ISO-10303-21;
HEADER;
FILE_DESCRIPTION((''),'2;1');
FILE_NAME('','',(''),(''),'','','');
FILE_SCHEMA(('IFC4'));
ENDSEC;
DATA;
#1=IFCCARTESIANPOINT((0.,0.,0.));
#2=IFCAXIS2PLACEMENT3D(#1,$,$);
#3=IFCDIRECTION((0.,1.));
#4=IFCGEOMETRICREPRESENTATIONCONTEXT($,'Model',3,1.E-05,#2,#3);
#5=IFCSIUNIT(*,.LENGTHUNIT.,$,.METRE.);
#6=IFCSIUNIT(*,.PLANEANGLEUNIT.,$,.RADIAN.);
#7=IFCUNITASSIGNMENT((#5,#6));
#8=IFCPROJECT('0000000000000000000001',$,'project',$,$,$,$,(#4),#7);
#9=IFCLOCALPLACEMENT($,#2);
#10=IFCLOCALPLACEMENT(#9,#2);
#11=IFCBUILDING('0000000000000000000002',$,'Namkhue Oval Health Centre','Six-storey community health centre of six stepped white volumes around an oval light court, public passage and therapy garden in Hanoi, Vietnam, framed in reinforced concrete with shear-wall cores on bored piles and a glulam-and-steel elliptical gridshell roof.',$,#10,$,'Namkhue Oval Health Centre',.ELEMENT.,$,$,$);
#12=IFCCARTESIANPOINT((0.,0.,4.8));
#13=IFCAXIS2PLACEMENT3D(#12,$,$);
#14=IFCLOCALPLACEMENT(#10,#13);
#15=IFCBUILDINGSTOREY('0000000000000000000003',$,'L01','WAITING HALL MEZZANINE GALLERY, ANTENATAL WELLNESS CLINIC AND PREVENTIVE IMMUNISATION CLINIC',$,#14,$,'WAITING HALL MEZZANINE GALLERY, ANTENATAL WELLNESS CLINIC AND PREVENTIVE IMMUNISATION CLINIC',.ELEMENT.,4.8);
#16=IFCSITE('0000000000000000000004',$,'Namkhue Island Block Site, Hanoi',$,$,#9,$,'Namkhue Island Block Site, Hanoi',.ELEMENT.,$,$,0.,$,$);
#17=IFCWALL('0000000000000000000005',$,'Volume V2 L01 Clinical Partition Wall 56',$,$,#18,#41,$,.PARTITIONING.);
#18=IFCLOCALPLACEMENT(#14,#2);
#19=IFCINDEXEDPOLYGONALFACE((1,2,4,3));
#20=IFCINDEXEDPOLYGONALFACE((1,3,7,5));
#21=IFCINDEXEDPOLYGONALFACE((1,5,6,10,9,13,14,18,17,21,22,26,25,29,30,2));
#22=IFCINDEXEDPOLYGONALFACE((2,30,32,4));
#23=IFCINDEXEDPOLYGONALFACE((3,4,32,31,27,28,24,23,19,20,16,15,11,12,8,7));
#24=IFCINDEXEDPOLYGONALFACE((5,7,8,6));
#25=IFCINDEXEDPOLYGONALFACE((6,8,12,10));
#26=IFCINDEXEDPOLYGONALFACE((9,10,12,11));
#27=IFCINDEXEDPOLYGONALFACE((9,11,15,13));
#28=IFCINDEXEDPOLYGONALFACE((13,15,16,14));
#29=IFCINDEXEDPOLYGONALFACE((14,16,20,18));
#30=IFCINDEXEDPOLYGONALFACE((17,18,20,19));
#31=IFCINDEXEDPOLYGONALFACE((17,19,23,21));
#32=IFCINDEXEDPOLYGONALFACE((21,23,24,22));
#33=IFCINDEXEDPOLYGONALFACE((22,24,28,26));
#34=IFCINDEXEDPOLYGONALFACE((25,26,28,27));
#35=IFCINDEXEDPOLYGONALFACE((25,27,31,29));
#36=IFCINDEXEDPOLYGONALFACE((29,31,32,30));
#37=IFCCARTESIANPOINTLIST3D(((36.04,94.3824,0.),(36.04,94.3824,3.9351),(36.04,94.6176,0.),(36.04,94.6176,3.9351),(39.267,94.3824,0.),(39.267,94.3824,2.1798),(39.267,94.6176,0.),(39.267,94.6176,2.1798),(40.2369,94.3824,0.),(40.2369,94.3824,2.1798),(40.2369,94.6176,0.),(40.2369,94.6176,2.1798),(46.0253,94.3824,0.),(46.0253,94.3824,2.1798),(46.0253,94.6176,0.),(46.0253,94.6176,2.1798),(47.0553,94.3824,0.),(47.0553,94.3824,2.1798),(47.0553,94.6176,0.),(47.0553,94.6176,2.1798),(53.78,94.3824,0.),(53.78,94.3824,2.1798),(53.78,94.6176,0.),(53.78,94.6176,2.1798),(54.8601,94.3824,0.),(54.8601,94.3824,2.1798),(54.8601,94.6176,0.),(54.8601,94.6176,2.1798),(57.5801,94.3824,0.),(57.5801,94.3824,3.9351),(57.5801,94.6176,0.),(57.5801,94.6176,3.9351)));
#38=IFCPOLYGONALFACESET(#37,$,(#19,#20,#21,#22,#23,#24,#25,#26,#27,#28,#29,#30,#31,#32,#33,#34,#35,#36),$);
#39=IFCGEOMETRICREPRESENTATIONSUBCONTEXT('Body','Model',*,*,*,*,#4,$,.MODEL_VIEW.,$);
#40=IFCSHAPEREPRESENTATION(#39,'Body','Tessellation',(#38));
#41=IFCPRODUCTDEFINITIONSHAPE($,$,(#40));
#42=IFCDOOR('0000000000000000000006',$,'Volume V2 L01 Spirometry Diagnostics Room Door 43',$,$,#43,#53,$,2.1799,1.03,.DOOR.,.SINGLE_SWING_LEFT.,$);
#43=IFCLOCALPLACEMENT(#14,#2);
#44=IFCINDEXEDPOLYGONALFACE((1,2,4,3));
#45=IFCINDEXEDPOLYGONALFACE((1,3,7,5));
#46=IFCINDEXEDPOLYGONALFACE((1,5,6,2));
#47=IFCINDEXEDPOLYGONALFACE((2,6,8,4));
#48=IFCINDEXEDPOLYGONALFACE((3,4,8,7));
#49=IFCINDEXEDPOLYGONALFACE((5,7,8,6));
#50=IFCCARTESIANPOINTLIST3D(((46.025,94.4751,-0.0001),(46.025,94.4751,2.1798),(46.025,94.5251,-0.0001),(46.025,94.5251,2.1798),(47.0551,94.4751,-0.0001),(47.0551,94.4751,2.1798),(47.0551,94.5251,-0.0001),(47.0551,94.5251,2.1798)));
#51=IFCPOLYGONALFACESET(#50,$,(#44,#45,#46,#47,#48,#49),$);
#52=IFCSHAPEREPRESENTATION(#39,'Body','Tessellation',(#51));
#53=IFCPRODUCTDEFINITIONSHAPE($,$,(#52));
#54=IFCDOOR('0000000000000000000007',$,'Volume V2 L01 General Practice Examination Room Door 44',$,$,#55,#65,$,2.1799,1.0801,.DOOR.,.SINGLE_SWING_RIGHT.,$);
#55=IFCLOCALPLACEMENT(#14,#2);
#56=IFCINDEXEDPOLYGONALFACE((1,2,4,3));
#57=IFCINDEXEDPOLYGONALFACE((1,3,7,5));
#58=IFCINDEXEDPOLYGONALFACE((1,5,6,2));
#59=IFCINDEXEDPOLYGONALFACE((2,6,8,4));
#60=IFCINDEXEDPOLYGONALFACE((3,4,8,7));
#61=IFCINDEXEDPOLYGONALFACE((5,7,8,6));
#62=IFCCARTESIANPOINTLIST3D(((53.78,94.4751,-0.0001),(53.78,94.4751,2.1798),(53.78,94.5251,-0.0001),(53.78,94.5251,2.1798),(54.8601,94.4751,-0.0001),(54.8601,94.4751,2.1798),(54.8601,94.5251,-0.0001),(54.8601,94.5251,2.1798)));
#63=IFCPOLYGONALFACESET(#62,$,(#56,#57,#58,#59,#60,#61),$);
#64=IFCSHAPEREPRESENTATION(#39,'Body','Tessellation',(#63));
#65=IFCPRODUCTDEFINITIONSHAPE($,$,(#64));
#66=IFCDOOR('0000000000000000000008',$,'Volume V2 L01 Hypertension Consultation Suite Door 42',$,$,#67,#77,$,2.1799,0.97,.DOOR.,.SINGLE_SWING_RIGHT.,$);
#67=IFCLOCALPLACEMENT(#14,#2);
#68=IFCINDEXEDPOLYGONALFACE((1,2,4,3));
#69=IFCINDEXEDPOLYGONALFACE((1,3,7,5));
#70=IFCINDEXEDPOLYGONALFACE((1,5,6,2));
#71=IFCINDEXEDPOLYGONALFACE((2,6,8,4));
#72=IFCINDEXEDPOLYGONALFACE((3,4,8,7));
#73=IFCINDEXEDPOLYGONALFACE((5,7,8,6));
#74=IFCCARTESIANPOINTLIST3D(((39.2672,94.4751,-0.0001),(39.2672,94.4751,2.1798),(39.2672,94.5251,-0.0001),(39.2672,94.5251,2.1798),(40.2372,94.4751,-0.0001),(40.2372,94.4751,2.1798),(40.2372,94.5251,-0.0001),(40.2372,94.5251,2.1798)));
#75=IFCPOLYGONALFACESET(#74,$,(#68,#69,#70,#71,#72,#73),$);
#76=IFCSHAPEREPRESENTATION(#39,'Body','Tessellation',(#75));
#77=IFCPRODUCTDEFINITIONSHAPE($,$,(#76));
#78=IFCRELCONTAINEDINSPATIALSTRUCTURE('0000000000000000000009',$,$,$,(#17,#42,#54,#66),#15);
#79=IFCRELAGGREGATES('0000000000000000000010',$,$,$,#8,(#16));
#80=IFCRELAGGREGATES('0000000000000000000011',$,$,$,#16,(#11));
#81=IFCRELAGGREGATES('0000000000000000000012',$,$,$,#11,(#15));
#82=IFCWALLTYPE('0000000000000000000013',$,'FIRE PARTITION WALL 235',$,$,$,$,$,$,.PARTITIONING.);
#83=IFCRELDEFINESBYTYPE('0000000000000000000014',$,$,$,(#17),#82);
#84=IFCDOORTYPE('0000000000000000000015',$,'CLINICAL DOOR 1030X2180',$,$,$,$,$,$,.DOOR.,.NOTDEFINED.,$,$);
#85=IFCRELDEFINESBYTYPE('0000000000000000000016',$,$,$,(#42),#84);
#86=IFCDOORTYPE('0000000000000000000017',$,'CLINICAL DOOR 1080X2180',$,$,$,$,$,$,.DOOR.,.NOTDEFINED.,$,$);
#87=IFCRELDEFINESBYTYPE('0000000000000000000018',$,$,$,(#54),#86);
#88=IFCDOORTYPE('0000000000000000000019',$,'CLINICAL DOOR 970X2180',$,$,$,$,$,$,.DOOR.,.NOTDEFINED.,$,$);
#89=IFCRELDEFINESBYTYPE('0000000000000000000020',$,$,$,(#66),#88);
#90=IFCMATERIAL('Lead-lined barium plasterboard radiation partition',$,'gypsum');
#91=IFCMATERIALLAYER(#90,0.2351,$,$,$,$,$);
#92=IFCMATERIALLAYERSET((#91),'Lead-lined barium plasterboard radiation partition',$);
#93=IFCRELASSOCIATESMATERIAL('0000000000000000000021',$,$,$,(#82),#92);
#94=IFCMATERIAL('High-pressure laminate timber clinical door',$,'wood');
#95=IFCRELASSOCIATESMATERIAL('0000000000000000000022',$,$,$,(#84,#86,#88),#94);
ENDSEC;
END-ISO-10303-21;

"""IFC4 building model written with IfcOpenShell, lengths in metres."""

from ifc_helpers import new_model, si_unit, direction, frame, frame_2d, origin, place, context, subcontext, project, spatial, rectangle, extrude, material, layer, layer_set, type_object, element, fill, save


model = new_model("IFC4")

# Units and contexts
model_context = context("Model", 3, precision=1e-05, world=origin(), true_north=direction((0.0, 1.0)))
body_context = subcontext(model_context, "Body", "Model", "MODEL_VIEW")
ifc_project = project(units=[si_unit("LENGTHUNIT", "METRE"), si_unit("PLANEANGLEUNIT", "RADIAN")], contexts=[model_context])

# Site, building, storey
site_placement = place(None, origin())
site = spatial("IfcSite", under=ifc_project, at=site_placement, Name="Namkhue Island Block Site, Hanoi", LongName="Namkhue Island Block Site, Hanoi", CompositionType="ELEMENT", RefElevation=0.0)
building_placement = place(site_placement, origin())
building = spatial("IfcBuilding", under=site, at=building_placement, Name="Namkhue Oval Health Centre", Description="Six-storey community health centre of six stepped white volumes around an oval light court, public passage and therapy garden in Hanoi, Vietnam, framed in reinforced concrete with shear-wall cores on bored piles and a glulam-and-steel elliptical gridshell roof.", LongName="Namkhue Oval Health Centre", CompositionType="ELEMENT")
storey_placement = place(building_placement, frame((0.0, 0.0, 4.8)))
storey = spatial("IfcBuildingStorey", under=building, at=storey_placement, Name="L01", Description="WAITING HALL MEZZANINE GALLERY, ANTENATAL WELLNESS CLINIC AND PREVENTIVE IMMUNISATION CLINIC", LongName="WAITING HALL MEZZANINE GALLERY, ANTENATAL WELLNESS CLINIC AND PREVENTIVE IMMUNISATION CLINIC", CompositionType="ELEMENT", Elevation=4.8)

# Wall, openings, doors
ifc_material_1 = material(Name="Lead-lined barium plasterboard radiation partition", Category="gypsum")
ifc_layer_1 = layer(ifc_material_1, 0.2351)
ifc_layer_set_1 = layer_set([ifc_layer_1], Name="Lead-lined barium plasterboard radiation partition")
wall_type = type_object("IfcWallType", Name="FIRE PARTITION WALL 235", PredefinedType="PARTITIONING", material=ifc_layer_set_1)
wall_placement = place(storey_placement, frame((36.04, 94.5, 0.0), z_axis=(0.0, 0.0, 1.0), x_axis=(1.0, 0.0, 0.0)))
wall = element("IfcWall", 1, at=wall_placement, inside=storey, type_object=wall_type, Name="Volume V2 L01 Clinical Partition Wall 56", PredefinedType="PARTITIONING", context=body_context, shape_type="SweptSolid", body=[
    extrude(rectangle(XDim=21.54, YDim=0.2351, at=frame_2d((10.77, 0.0))), origin(), (0.0, 0.0, 1.0), 3.9351),
])
opening_1_placement = place(wall_placement, frame((3.2271, 0.0, 0.0)))
opening_1 = element("IfcOpeningElement", 2, at=opening_1_placement, cuts=wall, PredefinedType="OPENING", context=body_context, shape_type="SweptSolid", body=[
    extrude(rectangle(XDim=0.97, YDim=2.1799, at=frame_2d((0.4849, 1.0898))), frame((0.0, 0.1274, 0.0), z_axis=(0.0, -1.0, 0.0), x_axis=(1.0, 0.0, 0.0)), (0.0, 0.0, 1.0), 0.2551),
])
opening_2_placement = place(wall_placement, frame((9.9851, 0.0, 0.0)))
opening_2 = element("IfcOpeningElement", 3, at=opening_2_placement, cuts=wall, PredefinedType="OPENING", context=body_context, shape_type="SweptSolid", body=[
    extrude(rectangle(XDim=1.03, YDim=2.1799, at=frame_2d((0.5151, 1.0898))), frame((0.0, 0.1274, 0.0), z_axis=(0.0, -1.0, 0.0), x_axis=(1.0, 0.0, 0.0)), (0.0, 0.0, 1.0), 0.2551),
])
opening_3_placement = place(wall_placement, frame((17.74, 0.0, 0.0)))
opening_3 = element("IfcOpeningElement", 4, at=opening_3_placement, cuts=wall, PredefinedType="OPENING", context=body_context, shape_type="SweptSolid", body=[
    extrude(rectangle(XDim=1.0801, YDim=2.1799, at=frame_2d((0.54, 1.0898))), frame((0.0, 0.1274, 0.0), z_axis=(0.0, -1.0, 0.0), x_axis=(1.0, 0.0, 0.0)), (0.0, 0.0, 1.0), 0.2551),
])
ifc_material_2 = material(Name="High-pressure laminate timber clinical door", Category="wood")
door_type_1 = type_object("IfcDoorType", Name="CLINICAL DOOR 1030X2180", OperationType="NOTDEFINED", PredefinedType="DOOR", material=ifc_material_2)
door_1_placement = place(opening_2_placement, frame((1.03, 0.0, 0.0), z_axis=(0.0, 0.0, 1.0), x_axis=(-1.0, 0.0, 0.0)))
door_1 = element("IfcDoor", 5, at=door_1_placement, inside=storey, type_object=door_type_1, Name="Volume V2 L01 Spirometry Diagnostics Room Door 43", OperationType="SINGLE_SWING_LEFT", OverallHeight=2.1799, OverallWidth=1.03, PredefinedType="DOOR", context=body_context, shape_type="SweptSolid", body=[
    extrude(rectangle(XDim=1.03, YDim=2.1799, at=frame_2d((0.5151, 1.0898))), frame((0.0, 0.0249, 0.0), z_axis=(0.0, -1.0, 0.0), x_axis=(1.0, 0.0, 0.0)), (0.0, 0.0, 1.0), 0.05),
])
fill(opening_2, door_1)
door_type_2 = type_object("IfcDoorType", Name="CLINICAL DOOR 1080X2180", OperationType="NOTDEFINED", PredefinedType="DOOR", material=ifc_material_2)
door_2_placement = place(opening_3_placement, frame((1.0801, 0.0, 0.0), z_axis=(0.0, 0.0, 1.0), x_axis=(-1.0, 0.0, 0.0)))
door_2 = element("IfcDoor", 6, at=door_2_placement, inside=storey, type_object=door_type_2, Name="Volume V2 L01 General Practice Examination Room Door 44", OperationType="SINGLE_SWING_RIGHT", OverallHeight=2.1799, OverallWidth=1.0801, PredefinedType="DOOR", context=body_context, shape_type="SweptSolid", body=[
    extrude(rectangle(XDim=1.0801, YDim=2.1799, at=frame_2d((0.54, 1.0898))), frame((0.0, 0.0249, 0.0), z_axis=(0.0, -1.0, 0.0), x_axis=(1.0, 0.0, 0.0)), (0.0, 0.0, 1.0), 0.05),
])
fill(opening_3, door_2)
door_type_3 = type_object("IfcDoorType", Name="CLINICAL DOOR 970X2180", OperationType="NOTDEFINED", PredefinedType="DOOR", material=ifc_material_2)
door_3_placement = place(opening_1_placement, frame((0.97, 0.0, 0.0), z_axis=(0.0, 0.0, 1.0), x_axis=(-1.0, 0.0, 0.0)))
door_3 = element("IfcDoor", 7, at=door_3_placement, inside=storey, type_object=door_type_3, Name="Volume V2 L01 Hypertension Consultation Suite Door 42", OperationType="SINGLE_SWING_RIGHT", OverallHeight=2.1799, OverallWidth=0.97, PredefinedType="DOOR", context=body_context, shape_type="SweptSolid", body=[
    extrude(rectangle(XDim=0.97, YDim=2.1799, at=frame_2d((0.4849, 1.0898))), frame((0.0, 0.0249, 0.0), z_axis=(0.0, -1.0, 0.0), x_axis=(1.0, 0.0, 0.0)), (0.0, 0.0, 1.0), 0.05),
])
fill(opening_1, door_3)

save(model, "model.ifc")
